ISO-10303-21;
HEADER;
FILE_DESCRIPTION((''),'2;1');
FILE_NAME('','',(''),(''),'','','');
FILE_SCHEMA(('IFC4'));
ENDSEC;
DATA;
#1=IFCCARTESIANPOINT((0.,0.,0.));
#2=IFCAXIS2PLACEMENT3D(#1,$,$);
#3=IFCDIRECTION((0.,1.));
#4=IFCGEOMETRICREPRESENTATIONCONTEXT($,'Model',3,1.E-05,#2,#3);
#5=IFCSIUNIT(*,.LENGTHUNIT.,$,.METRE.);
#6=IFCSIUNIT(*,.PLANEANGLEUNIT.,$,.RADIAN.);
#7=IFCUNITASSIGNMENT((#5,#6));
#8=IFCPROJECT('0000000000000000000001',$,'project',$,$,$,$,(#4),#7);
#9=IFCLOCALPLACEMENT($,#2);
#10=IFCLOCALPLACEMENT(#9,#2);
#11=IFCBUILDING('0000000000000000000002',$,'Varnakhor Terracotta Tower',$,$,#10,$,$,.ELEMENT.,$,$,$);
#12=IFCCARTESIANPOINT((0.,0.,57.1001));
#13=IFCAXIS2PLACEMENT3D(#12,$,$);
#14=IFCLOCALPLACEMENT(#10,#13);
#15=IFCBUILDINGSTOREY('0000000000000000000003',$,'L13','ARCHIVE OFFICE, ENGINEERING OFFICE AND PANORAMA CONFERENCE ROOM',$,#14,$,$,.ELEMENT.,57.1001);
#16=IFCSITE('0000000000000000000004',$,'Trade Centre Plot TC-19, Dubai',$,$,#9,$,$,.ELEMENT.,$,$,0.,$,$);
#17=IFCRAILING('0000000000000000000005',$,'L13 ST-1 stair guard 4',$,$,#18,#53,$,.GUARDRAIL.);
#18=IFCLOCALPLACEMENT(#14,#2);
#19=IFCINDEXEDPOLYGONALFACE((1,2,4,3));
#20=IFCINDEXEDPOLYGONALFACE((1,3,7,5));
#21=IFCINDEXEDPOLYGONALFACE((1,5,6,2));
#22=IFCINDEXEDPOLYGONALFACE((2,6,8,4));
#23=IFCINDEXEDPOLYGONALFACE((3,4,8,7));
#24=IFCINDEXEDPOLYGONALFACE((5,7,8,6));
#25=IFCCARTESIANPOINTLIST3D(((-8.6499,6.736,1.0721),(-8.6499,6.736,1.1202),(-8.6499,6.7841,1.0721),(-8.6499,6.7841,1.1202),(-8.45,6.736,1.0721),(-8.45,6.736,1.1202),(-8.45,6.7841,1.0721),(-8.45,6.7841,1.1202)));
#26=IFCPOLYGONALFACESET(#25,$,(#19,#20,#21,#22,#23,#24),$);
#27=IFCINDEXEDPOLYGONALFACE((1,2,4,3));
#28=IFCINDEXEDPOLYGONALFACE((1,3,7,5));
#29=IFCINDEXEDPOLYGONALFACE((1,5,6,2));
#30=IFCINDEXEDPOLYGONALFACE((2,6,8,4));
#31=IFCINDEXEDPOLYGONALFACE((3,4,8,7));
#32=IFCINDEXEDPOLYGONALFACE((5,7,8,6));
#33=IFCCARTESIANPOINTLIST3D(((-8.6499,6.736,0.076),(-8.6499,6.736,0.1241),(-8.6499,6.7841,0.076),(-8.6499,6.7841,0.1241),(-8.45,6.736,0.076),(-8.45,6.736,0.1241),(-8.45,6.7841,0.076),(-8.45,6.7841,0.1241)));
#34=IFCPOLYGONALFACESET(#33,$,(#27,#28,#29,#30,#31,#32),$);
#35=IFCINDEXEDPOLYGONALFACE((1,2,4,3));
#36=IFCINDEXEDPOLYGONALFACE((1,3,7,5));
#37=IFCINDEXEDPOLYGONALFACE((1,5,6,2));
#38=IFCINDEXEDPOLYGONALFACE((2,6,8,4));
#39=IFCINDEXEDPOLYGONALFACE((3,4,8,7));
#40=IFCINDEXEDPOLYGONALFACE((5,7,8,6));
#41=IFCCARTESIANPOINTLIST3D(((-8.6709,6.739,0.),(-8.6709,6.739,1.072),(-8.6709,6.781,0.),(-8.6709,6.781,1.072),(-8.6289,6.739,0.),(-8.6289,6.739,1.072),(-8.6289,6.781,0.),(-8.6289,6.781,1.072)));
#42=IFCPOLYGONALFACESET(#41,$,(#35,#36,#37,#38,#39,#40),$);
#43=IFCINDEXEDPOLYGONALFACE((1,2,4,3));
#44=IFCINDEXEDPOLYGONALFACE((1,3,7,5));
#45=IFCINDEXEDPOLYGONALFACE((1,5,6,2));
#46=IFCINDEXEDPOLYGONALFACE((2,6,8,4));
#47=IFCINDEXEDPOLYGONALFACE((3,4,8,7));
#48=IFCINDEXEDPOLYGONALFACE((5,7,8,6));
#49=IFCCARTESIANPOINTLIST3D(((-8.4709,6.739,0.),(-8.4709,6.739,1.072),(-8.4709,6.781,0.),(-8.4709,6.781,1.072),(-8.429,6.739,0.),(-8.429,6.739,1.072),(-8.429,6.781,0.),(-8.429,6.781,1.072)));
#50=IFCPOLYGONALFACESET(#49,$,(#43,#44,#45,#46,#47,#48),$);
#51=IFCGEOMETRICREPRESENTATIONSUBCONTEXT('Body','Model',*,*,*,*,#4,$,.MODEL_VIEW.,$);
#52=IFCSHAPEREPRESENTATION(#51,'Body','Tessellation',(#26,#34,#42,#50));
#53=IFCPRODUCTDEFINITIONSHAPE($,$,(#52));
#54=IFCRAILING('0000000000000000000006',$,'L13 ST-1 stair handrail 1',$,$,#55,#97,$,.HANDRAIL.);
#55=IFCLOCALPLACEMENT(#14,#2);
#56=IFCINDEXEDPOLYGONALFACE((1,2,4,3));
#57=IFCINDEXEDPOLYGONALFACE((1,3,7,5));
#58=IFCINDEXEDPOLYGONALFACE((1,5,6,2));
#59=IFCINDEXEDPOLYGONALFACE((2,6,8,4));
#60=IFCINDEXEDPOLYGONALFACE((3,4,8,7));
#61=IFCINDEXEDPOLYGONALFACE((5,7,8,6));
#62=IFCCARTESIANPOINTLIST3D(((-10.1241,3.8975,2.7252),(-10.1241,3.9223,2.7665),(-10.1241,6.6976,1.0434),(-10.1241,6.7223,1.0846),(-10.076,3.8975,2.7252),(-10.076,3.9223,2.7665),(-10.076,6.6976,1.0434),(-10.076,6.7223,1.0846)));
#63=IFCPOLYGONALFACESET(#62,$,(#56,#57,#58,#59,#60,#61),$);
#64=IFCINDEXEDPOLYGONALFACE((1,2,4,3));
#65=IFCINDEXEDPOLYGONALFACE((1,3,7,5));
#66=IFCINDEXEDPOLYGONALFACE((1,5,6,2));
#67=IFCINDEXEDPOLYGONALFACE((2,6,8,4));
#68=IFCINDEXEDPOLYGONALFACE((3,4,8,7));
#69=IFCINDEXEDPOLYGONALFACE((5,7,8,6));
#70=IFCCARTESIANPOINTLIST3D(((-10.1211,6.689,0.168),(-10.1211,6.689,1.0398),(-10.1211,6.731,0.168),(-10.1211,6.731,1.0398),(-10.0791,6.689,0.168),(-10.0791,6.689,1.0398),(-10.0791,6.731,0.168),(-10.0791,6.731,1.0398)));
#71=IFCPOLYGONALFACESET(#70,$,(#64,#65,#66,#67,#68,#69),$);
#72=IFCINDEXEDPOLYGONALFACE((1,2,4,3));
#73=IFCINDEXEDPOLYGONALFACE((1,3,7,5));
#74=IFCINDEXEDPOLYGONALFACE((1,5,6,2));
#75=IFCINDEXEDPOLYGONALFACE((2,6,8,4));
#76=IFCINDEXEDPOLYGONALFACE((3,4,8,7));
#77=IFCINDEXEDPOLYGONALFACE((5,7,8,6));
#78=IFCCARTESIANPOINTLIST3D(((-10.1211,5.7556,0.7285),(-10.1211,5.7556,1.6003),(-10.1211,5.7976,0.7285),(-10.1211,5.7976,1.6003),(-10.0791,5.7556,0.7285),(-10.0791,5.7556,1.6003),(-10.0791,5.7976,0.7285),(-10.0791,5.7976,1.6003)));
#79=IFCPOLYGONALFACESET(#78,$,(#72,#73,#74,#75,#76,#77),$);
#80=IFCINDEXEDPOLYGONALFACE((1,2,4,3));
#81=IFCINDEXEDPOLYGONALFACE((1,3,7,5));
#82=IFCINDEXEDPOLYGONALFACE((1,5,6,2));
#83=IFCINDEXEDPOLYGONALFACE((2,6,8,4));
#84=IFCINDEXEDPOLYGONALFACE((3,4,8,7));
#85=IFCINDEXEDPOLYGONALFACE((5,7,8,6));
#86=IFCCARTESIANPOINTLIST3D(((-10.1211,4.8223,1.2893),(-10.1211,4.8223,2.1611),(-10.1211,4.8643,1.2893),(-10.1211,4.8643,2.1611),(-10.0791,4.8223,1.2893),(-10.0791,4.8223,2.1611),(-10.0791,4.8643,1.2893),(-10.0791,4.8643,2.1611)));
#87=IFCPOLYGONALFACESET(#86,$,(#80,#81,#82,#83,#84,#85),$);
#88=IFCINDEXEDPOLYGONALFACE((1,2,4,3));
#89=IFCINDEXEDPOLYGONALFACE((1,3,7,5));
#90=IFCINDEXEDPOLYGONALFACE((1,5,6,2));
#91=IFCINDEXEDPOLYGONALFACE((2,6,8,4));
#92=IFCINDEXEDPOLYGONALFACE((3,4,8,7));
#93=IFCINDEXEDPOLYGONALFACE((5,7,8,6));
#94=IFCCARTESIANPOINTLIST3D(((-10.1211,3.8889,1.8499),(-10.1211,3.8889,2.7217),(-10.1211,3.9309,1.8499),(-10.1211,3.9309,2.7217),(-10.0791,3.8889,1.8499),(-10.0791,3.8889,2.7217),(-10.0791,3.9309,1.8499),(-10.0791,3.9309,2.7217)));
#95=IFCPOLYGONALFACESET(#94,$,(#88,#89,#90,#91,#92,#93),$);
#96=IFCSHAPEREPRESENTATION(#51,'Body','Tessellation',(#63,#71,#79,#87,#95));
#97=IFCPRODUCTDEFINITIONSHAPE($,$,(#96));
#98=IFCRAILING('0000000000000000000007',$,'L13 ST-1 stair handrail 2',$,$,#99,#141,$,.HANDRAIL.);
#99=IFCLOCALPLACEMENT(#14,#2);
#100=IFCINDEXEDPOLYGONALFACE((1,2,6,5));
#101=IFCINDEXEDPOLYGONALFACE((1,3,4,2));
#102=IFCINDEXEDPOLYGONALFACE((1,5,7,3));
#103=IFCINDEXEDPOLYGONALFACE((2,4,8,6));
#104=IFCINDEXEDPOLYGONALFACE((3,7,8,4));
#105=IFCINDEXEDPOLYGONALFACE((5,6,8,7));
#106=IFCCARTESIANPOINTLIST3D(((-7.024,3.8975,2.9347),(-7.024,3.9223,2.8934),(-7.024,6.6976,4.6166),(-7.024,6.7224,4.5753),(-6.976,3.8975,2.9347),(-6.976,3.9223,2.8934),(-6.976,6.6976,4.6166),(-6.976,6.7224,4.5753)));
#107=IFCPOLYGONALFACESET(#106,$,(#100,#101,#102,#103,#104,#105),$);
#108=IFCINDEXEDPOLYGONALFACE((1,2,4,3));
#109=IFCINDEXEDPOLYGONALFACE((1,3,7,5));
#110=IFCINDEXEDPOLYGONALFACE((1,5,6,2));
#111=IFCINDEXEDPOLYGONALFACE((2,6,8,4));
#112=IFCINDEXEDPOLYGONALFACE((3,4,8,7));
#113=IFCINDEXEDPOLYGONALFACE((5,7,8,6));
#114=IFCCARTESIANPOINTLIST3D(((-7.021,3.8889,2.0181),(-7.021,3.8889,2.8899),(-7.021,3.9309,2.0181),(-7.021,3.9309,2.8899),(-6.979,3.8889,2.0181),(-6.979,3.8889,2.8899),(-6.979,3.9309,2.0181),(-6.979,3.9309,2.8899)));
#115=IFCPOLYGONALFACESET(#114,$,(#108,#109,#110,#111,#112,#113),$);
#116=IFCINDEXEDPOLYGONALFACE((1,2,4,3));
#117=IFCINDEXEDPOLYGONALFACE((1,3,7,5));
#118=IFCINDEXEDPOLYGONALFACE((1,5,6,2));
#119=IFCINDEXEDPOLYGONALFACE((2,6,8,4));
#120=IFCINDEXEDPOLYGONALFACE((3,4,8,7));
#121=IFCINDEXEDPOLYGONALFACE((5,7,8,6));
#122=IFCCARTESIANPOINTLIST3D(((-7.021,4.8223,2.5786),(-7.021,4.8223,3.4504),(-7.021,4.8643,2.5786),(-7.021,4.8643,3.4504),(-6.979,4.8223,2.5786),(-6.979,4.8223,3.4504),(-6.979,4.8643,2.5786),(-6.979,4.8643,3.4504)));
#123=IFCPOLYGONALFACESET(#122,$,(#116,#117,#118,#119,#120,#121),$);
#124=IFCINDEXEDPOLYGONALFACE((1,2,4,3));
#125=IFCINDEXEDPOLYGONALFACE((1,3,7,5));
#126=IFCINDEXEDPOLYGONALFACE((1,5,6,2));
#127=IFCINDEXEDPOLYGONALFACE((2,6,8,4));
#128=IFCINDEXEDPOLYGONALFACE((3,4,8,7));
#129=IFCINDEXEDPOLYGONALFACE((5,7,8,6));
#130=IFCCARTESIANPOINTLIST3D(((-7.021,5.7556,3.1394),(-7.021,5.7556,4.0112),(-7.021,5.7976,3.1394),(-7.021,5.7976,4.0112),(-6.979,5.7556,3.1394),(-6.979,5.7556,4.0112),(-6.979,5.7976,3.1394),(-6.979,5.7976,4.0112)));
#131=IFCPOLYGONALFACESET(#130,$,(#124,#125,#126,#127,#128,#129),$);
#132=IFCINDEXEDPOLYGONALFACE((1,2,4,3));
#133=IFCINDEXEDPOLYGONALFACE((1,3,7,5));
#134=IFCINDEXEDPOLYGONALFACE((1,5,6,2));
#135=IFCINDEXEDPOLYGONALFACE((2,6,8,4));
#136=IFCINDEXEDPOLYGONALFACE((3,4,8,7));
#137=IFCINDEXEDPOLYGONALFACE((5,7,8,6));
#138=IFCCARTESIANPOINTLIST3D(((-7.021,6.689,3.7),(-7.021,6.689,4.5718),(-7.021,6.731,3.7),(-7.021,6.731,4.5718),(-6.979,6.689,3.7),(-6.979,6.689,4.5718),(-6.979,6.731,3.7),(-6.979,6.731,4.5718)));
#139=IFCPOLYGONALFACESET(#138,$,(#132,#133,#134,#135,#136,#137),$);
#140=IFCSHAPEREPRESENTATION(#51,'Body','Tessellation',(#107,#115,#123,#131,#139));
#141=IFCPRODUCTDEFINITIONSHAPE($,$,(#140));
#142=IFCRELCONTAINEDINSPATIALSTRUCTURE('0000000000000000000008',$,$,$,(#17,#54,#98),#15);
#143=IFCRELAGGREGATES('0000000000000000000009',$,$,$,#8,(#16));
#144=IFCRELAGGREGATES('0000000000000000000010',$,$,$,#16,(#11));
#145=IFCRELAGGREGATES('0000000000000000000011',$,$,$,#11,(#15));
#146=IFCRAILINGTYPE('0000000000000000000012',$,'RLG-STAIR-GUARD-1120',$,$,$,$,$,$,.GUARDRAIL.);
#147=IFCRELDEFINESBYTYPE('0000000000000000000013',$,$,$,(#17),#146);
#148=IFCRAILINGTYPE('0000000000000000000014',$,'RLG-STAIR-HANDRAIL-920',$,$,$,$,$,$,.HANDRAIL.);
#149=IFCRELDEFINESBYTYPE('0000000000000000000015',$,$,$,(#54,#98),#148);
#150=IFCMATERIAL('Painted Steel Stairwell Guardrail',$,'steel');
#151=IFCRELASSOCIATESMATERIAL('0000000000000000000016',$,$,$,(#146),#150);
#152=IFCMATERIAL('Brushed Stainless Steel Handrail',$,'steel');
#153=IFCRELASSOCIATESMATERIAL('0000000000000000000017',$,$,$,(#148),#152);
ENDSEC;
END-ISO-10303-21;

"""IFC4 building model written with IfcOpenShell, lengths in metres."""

from ifc_helpers import new_model, si_unit, direction, frame, origin, origin_2d, place, context, subcontext, project, spatial, rectangle, extrude, material, type_object, element, save


model = new_model("IFC4")

# Units and contexts
model_context = context("Model", 3, precision=1e-05, world=origin(), true_north=direction((0.0, 1.0)))
body_context = subcontext(model_context, "Body", "Model", "MODEL_VIEW")
ifc_project = project(units=[si_unit("LENGTHUNIT", "METRE"), si_unit("PLANEANGLEUNIT", "RADIAN")], contexts=[model_context])

# Site, building, storey
site_placement = place(None, origin())
site = spatial("IfcSite", under=ifc_project, at=site_placement, Name="Trade Centre Plot TC-19, Dubai", CompositionType="ELEMENT", RefElevation=0.0)
building_placement = place(site_placement, origin())
building = spatial("IfcBuilding", under=site, at=building_placement, Name="Varnakhor Terracotta Tower", CompositionType="ELEMENT")
storey_placement = place(building_placement, frame((0.0, 0.0, 57.1001)))
storey = spatial("IfcBuildingStorey", under=building, at=storey_placement, Name="L13", Description="ARCHIVE OFFICE, ENGINEERING OFFICE AND PANORAMA CONFERENCE ROOM", CompositionType="ELEMENT", Elevation=57.1001)

# Railings
ifc_material_1 = material(Name="Painted Steel Stairwell Guardrail", Category="steel")
railing_type_1 = type_object("IfcRailingType", Name="RLG-STAIR-GUARD-1120", PredefinedType="GUARDRAIL", material=ifc_material_1)
railing_1_placement = place(storey_placement, frame((-8.6499, 6.76, 0.0)))
element("IfcRailing", 1, at=railing_1_placement, inside=storey, type_object=railing_type_1, Name="L13 ST-1 stair guard 4", PredefinedType="GUARDRAIL", context=body_context, shape_type="SweptSolid", body=[
    extrude(rectangle(XDim=0.0481, YDim=0.0481, at=origin_2d()), frame((0.0, 0.0, 1.0962), z_axis=(1.0, 0.0, 0.0), x_axis=(0.0, 1.0, 0.0)), (0.0, 0.0, 1.0), 0.2),
    extrude(rectangle(XDim=0.0481, YDim=0.0481, at=origin_2d()), frame((0.0, 0.0, 0.1001), z_axis=(1.0, 0.0, 0.0), x_axis=(0.0, 1.0, 0.0)), (0.0, 0.0, 1.0), 0.2),
    extrude(rectangle(XDim=0.042, YDim=0.042, at=origin_2d()), origin(), (0.0, 0.0, 1.0), 1.072),
    extrude(rectangle(XDim=0.042, YDim=0.042, at=origin_2d()), frame((0.2, 0.0, 0.0)), (0.0, 0.0, 1.0), 1.072),
])
ifc_material_2 = material(Name="Brushed Stainless Steel Handrail", Category="steel")
railing_type_2 = type_object("IfcRailingType", Name="RLG-STAIR-HANDRAIL-920", PredefinedType="HANDRAIL", material=ifc_material_2)
railing_2_placement = place(storey_placement, frame((-10.1001, 6.71, 0.168)))
element("IfcRailing", 2, at=railing_2_placement, inside=storey, type_object=railing_type_2, Name="L13 ST-1 stair handrail 1", PredefinedType="HANDRAIL", context=body_context, shape_type="SweptSolid", body=[
    extrude(rectangle(XDim=0.0481, YDim=0.0481, at=origin_2d()), frame((0.0, 0.0, 0.896), z_axis=(0.0, -0.857242, 0.514913), x_axis=(1.0, 0.0, 0.0)), (0.0, 0.0, 1.0), 3.2664),
    extrude(rectangle(XDim=0.042, YDim=0.042, at=origin_2d()), origin(), (0.0, 0.0, 1.0), 0.8718),
    extrude(rectangle(XDim=0.042, YDim=0.042, at=origin_2d()), frame((0.0, -0.9333, 0.5605)), (0.0, 0.0, 1.0), 0.8718),
    extrude(rectangle(XDim=0.042, YDim=0.042, at=origin_2d()), frame((0.0, -1.8667, 1.1213)), (0.0, 0.0, 1.0), 0.8718),
    extrude(rectangle(XDim=0.042, YDim=0.042, at=origin_2d()), frame((0.0, -2.8, 1.6819)), (0.0, 0.0, 1.0), 0.8718),
])
railing_3_placement = place(storey_placement, frame((-7.0, 3.9099, 2.0181)))
element("IfcRailing", 3, at=railing_3_placement, inside=storey, type_object=railing_type_2, Name="L13 ST-1 stair handrail 2", PredefinedType="HANDRAIL", context=body_context, shape_type="SweptSolid", body=[
    extrude(rectangle(XDim=0.0481, YDim=0.0481, at=origin_2d()), frame((0.0, 0.0, 0.896), z_axis=(0.0, 0.857242, 0.514913), x_axis=(-1.0, 0.0, 0.0)), (0.0, 0.0, 1.0), 3.2664),
    extrude(rectangle(XDim=0.042, YDim=0.042, at=origin_2d()), origin(), (0.0, 0.0, 1.0), 0.8718),
    extrude(rectangle(XDim=0.042, YDim=0.042, at=origin_2d()), frame((0.0, 0.9333, 0.5605)), (0.0, 0.0, 1.0), 0.8718),
    extrude(rectangle(XDim=0.042, YDim=0.042, at=origin_2d()), frame((0.0, 1.8667, 1.1213)), (0.0, 0.0, 1.0), 0.8718),
    extrude(rectangle(XDim=0.042, YDim=0.042, at=origin_2d()), frame((0.0, 2.8, 1.6819)), (0.0, 0.0, 1.0), 0.8718),
])

save(model, "model.ifc")
